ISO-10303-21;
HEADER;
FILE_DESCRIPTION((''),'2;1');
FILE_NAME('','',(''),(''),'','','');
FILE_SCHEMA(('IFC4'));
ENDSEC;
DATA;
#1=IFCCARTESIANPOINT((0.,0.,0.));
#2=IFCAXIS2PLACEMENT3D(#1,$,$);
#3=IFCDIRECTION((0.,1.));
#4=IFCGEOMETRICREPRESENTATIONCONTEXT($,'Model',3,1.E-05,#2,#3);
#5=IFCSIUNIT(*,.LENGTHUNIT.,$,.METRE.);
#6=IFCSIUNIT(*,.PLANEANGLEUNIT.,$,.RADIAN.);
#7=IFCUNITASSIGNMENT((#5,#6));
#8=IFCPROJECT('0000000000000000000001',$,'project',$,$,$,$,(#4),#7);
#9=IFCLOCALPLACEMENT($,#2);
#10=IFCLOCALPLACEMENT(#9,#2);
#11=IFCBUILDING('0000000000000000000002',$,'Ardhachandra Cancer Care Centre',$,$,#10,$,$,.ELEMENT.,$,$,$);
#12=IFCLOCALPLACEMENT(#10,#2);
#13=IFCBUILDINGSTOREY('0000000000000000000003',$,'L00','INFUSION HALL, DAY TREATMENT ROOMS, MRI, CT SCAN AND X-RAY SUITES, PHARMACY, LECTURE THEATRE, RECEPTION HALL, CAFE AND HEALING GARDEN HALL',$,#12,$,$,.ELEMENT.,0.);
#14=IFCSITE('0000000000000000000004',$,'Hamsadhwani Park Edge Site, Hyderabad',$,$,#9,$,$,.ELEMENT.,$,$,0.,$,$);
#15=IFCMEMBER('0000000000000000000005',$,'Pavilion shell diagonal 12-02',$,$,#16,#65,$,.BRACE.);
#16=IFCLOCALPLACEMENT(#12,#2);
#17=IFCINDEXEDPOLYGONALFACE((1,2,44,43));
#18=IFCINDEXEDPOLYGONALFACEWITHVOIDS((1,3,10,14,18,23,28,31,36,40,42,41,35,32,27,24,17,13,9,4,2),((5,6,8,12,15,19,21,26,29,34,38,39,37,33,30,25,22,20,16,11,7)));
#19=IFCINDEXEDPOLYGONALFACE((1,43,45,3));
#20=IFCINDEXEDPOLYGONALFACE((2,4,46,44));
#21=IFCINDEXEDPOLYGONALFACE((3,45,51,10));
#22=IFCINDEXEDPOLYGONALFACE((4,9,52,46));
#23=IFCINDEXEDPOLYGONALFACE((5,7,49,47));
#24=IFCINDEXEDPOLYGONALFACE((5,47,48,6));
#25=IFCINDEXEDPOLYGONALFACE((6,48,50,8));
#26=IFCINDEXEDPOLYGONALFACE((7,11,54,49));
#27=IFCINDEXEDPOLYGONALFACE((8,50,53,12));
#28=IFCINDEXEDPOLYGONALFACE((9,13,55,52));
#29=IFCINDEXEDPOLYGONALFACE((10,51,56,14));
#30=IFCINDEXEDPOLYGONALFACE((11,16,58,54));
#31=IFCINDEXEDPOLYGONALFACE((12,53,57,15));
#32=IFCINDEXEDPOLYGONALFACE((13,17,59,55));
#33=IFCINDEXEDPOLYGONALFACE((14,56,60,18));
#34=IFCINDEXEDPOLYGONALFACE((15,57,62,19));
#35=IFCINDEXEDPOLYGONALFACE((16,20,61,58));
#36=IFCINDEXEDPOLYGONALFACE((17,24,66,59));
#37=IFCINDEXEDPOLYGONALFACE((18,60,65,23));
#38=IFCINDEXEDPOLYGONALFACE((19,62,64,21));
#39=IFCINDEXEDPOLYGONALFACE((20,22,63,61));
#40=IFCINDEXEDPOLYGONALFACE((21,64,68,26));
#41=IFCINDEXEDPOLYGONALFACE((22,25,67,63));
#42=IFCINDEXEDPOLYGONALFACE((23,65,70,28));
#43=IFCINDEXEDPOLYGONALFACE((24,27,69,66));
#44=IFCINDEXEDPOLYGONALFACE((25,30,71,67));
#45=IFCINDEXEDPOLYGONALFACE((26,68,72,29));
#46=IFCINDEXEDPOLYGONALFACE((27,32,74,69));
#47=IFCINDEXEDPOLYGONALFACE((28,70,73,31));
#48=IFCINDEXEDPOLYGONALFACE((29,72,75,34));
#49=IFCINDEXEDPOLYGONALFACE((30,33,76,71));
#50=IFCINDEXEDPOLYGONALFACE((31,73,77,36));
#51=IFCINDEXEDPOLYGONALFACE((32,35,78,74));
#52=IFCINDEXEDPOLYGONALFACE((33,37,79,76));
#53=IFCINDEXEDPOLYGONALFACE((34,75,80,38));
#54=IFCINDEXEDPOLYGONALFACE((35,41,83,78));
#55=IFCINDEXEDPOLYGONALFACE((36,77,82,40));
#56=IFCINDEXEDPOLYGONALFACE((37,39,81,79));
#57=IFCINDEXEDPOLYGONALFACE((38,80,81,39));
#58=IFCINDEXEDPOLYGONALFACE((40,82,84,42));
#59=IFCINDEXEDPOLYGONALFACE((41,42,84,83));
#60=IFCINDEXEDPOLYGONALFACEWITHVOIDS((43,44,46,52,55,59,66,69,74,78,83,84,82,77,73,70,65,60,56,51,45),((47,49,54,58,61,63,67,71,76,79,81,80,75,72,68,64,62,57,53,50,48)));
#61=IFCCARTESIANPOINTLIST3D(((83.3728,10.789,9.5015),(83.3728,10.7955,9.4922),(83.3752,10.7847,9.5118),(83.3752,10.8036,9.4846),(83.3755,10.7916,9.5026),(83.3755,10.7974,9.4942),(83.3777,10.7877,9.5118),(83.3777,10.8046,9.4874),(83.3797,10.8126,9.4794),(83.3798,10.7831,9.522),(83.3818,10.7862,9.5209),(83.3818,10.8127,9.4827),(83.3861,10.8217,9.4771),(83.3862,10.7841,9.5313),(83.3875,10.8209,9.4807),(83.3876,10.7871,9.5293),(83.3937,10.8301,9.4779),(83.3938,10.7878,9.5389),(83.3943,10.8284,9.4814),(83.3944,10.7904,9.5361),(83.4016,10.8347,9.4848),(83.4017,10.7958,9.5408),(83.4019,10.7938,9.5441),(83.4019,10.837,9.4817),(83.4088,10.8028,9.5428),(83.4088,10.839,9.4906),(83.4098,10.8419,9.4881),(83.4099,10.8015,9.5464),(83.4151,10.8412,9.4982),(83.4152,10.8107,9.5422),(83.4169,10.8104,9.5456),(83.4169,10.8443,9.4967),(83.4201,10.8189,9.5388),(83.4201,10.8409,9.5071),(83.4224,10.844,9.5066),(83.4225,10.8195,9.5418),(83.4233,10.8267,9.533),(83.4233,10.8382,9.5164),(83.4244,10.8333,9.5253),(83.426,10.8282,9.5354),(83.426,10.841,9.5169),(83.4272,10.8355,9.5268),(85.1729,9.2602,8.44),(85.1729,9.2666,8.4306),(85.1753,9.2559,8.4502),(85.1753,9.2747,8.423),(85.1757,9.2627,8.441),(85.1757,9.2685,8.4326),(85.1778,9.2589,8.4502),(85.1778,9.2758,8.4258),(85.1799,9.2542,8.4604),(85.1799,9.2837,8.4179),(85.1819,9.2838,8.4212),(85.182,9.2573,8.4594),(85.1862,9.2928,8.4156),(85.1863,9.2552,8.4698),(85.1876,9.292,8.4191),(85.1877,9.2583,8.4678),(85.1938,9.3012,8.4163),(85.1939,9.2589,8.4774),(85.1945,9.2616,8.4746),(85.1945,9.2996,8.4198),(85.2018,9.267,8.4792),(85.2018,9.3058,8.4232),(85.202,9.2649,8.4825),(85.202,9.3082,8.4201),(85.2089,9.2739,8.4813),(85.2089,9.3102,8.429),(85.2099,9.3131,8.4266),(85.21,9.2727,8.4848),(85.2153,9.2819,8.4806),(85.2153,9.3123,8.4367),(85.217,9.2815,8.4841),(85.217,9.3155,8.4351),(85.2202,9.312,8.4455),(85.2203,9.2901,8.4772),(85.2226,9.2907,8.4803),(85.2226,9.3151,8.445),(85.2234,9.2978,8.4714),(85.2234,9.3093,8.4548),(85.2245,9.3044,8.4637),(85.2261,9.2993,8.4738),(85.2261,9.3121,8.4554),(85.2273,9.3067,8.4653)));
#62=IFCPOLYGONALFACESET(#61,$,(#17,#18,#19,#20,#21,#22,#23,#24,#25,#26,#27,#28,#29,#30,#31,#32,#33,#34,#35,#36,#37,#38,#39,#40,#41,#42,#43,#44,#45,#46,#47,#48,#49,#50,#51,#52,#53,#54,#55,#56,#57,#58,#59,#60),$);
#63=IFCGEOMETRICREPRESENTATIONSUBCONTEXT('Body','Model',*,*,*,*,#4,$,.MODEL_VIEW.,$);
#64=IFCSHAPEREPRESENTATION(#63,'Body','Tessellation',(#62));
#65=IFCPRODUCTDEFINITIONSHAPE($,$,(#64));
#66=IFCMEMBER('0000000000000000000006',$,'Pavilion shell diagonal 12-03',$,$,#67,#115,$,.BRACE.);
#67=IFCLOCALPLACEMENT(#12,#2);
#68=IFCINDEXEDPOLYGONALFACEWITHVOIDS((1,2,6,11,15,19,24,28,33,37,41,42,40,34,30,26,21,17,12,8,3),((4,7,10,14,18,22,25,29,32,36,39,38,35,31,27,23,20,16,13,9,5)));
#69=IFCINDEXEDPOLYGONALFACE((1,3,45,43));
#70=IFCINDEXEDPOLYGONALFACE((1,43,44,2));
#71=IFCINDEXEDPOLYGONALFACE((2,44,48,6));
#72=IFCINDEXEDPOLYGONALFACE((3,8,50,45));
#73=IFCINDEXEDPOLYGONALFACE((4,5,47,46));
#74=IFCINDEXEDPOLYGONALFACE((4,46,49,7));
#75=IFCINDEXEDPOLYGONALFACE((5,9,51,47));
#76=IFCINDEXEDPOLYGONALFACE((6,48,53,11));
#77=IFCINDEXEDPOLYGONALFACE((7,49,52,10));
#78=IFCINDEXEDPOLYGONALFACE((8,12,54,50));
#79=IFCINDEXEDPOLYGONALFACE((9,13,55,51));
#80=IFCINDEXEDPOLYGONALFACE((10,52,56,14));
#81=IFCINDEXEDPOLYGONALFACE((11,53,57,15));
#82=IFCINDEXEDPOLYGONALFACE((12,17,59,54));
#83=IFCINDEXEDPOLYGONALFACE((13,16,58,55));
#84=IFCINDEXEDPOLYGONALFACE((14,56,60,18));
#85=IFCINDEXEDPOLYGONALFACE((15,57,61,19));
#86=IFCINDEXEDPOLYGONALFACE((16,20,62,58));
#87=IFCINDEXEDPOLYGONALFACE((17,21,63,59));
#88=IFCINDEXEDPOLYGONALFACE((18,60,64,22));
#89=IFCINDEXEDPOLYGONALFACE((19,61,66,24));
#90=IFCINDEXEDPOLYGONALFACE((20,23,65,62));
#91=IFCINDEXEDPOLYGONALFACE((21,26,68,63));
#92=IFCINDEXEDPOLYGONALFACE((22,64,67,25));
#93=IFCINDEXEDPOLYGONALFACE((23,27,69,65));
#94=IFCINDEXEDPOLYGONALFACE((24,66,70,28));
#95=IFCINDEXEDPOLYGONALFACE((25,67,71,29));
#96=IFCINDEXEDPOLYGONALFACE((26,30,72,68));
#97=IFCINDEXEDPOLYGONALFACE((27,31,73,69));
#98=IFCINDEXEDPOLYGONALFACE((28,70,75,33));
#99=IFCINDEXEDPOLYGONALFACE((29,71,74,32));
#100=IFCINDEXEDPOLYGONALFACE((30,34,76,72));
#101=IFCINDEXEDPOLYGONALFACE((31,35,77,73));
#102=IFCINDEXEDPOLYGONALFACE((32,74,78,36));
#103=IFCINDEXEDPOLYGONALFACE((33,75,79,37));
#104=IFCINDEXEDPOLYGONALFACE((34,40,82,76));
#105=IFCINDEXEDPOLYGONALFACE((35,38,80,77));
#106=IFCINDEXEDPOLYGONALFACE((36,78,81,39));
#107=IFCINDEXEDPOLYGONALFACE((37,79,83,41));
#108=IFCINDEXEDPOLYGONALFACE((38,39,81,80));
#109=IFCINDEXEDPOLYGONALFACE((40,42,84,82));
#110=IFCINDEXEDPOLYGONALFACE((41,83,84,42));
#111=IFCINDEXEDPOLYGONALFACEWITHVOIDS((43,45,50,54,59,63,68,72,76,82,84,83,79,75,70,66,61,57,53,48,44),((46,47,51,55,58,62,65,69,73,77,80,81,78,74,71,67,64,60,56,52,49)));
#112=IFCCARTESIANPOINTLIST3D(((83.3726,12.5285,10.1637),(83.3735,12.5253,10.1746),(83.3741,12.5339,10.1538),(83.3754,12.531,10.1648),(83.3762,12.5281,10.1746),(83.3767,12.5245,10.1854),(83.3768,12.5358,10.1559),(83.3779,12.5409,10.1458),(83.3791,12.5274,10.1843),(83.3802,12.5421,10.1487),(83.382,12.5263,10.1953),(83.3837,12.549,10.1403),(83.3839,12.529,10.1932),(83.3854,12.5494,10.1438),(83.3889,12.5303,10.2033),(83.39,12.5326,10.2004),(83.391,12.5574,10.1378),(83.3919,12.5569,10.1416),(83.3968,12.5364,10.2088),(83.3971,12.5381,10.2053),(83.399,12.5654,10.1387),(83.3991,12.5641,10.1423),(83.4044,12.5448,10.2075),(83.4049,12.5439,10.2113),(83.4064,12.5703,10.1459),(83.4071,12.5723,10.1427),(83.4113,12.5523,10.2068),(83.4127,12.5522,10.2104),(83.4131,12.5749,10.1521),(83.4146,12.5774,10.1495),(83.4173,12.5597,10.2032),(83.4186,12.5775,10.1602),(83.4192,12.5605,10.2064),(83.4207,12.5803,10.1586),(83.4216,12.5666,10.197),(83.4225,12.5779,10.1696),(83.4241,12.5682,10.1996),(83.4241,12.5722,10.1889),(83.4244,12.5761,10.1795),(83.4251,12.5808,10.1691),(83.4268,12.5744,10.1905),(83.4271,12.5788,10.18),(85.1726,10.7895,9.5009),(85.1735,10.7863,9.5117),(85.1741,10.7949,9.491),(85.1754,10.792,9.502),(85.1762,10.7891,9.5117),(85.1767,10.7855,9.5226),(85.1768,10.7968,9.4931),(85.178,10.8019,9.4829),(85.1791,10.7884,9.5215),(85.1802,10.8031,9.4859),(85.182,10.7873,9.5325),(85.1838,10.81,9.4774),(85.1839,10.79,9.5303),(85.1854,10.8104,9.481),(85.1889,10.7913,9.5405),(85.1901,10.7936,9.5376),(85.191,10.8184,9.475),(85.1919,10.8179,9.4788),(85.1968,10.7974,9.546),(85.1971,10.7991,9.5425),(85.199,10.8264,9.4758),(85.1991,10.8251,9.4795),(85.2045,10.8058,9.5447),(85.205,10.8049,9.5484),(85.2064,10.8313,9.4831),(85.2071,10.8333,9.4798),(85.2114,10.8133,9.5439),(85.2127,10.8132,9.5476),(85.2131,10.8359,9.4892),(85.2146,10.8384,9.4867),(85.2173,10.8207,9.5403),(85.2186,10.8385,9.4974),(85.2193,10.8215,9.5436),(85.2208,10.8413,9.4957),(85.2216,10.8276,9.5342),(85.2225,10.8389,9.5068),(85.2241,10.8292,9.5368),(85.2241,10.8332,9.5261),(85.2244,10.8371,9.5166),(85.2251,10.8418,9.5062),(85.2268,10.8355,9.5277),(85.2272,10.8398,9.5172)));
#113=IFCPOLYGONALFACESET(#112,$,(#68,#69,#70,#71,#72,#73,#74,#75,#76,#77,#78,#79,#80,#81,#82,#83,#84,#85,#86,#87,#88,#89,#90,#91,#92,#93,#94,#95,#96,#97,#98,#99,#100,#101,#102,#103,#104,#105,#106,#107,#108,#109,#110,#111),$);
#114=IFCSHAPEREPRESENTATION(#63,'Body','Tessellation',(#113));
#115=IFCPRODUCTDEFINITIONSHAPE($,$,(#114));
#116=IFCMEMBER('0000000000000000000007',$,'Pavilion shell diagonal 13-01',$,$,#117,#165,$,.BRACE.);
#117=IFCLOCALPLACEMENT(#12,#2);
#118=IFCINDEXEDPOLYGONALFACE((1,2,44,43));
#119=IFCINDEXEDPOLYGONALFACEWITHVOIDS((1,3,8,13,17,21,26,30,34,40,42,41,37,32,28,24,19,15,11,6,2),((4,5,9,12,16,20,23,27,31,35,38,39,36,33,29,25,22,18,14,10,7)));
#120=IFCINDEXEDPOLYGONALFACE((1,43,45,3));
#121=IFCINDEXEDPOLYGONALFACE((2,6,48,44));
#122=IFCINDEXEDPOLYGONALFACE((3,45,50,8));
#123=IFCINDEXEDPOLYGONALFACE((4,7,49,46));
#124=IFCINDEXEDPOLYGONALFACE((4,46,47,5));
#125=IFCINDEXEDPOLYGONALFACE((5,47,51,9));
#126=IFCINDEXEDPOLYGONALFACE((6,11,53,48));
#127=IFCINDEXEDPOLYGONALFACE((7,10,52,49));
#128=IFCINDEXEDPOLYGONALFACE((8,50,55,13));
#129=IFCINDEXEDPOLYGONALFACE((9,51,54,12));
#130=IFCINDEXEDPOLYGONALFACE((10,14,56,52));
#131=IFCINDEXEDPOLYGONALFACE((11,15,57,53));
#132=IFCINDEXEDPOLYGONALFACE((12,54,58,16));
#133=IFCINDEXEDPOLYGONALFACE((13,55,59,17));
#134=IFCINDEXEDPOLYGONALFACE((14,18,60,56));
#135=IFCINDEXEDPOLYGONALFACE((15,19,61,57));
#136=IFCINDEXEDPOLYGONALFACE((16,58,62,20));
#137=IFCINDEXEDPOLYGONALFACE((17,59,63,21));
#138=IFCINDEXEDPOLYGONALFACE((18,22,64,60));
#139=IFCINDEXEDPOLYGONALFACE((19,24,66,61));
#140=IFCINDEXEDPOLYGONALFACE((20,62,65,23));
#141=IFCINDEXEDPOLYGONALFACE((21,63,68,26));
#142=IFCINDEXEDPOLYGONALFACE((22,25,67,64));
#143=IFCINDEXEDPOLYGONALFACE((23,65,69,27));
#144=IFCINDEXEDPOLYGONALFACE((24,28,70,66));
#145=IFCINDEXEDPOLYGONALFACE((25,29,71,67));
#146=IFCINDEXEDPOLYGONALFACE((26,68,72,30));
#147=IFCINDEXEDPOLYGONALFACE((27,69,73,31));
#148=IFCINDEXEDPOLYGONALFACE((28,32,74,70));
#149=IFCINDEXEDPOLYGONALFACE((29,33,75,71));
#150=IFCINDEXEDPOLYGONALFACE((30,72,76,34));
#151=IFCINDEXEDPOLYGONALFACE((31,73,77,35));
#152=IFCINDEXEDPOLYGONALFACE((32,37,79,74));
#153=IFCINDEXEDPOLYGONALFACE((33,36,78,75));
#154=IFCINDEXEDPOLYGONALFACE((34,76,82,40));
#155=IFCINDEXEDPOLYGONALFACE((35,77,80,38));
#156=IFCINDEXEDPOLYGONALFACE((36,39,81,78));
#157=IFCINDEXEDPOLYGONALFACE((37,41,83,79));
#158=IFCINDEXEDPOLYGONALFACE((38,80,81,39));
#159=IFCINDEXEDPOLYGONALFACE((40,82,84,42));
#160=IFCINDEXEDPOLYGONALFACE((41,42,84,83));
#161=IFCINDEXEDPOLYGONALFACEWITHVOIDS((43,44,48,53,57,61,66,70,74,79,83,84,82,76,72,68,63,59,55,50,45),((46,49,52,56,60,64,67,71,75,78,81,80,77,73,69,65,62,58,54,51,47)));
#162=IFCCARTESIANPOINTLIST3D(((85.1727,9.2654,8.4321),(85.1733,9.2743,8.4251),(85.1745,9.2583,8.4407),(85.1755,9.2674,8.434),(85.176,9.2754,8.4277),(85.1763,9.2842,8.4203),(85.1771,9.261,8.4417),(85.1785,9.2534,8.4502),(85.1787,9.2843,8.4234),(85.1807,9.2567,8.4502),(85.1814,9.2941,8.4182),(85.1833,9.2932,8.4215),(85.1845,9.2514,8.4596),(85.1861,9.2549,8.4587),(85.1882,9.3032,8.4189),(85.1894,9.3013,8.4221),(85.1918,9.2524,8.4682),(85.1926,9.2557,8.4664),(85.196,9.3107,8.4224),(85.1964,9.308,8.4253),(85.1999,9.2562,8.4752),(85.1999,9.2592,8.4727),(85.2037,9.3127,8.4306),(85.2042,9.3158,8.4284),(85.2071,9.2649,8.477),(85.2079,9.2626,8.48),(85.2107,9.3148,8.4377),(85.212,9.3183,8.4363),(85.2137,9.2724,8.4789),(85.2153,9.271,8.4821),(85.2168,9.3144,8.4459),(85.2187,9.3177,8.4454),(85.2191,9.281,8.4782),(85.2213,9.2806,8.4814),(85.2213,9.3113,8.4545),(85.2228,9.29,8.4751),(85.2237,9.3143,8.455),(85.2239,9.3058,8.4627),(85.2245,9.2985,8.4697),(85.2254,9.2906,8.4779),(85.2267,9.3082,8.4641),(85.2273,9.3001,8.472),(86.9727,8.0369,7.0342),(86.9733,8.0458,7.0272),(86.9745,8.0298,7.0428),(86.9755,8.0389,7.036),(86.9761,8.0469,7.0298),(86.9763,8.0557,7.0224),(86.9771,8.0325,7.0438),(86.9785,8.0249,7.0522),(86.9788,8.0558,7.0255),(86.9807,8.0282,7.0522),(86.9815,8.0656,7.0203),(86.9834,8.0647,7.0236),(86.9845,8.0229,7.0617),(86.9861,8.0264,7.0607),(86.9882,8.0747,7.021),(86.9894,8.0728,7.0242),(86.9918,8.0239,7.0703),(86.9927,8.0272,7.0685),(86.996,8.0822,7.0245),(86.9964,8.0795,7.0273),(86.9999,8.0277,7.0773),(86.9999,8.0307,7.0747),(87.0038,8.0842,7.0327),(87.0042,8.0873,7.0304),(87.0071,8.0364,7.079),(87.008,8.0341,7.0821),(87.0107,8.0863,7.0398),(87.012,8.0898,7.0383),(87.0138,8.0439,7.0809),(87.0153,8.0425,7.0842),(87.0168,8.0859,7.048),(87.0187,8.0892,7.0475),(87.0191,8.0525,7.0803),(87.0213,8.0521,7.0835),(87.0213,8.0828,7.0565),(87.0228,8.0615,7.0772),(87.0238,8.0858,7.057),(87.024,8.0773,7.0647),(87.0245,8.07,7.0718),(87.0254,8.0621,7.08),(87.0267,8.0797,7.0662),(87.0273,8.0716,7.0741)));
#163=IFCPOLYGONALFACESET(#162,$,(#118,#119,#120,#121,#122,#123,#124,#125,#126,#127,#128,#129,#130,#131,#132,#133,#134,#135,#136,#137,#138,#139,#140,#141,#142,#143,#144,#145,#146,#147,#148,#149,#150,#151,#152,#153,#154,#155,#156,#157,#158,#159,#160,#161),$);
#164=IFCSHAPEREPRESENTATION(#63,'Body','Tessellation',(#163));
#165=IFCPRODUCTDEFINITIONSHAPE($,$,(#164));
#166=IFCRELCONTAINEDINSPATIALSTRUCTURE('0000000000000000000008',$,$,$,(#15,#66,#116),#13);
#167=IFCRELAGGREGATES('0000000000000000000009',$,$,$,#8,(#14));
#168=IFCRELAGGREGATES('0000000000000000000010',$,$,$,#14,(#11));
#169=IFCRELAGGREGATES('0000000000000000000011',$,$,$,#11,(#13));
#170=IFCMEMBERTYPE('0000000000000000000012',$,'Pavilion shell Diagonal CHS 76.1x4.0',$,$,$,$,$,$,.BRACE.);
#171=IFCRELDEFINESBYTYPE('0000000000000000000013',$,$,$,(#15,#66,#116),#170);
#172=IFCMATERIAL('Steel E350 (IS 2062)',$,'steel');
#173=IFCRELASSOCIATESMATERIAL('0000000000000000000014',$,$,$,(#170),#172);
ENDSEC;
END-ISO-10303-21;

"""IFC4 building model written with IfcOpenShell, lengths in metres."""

from ifc_helpers import new_model, si_unit, direction, frame, origin, origin_2d, place, context, subcontext, project, spatial, hollow_circle, extrude, material, material_profile, profile_set, type_object, element, save


model = new_model("IFC4")

# Units and contexts
model_context = context("Model", 3, precision=1e-05, world=origin(), true_north=direction((0.0, 1.0)))
body_context = subcontext(model_context, "Body", "Model", "MODEL_VIEW")
ifc_project = project(units=[si_unit("LENGTHUNIT", "METRE"), si_unit("PLANEANGLEUNIT", "RADIAN")], contexts=[model_context])

# Site, building, storey
site_placement = place(None, origin())
site = spatial("IfcSite", under=ifc_project, at=site_placement, Name="Hamsadhwani Park Edge Site, Hyderabad", CompositionType="ELEMENT", RefElevation=0.0)
building_placement = place(site_placement, origin())
building = spatial("IfcBuilding", under=site, at=building_placement, Name="Ardhachandra Cancer Care Centre", CompositionType="ELEMENT")
storey_placement = place(building_placement, origin())
storey = spatial("IfcBuildingStorey", under=building, at=storey_placement, Name="L00", Description="INFUSION HALL, DAY TREATMENT ROOMS, MRI, CT SCAN AND X-RAY SUITES, PHARMACY, LECTURE THEATRE, RECEPTION HALL, CAFE AND HEALING GARDEN HALL", CompositionType="ELEMENT", Elevation=0.0)

# Members
ifc_material_1 = material(Name="Steel E350 (IS 2062)", Category="steel")
ifc_material_profile_1 = material_profile(ifc_material_1, hollow_circle(Radius=0.0381, WallThickness=0.0039, at=origin_2d()), Name="CHS 76.1x4.0")
ifc_profile_set_1 = profile_set([ifc_material_profile_1], Name="Steel E350 (IS 2062)")
member_type_1 = type_object("IfcMemberType", Name="Pavilion shell Diagonal CHS 76.1x4.0", PredefinedType="BRACE", material=ifc_profile_set_1)
member_1_placement = place(storey_placement, frame((85.2, 9.2849, 8.4502), z_axis=(-0.695198, 0.590442, 0.409972), x_axis=(-0.647345, -0.762197, 0.0)))
element("IfcMember", 1, at=member_1_placement, inside=storey, type_object=member_type_1, Name="Pavilion shell diagonal 12-02", PredefinedType="BRACE", context=body_context, shape_type="SweptSolid", body=[
    extrude(hollow_circle(Radius=0.0381, WallThickness=0.0039, at=origin_2d()), origin(), (0.0, 0.0, 1.0), 2.5894),
])
for number, where, z_axis, x_axis, name in (
    (2, (85.2, 10.8137, 9.5117), (-0.695227, 0.671654, 0.256007), (-0.694809, -0.719195, 0.0), "Pavilion shell diagonal 12-03"),
    (3, (87.0, 8.0564, 7.0522), (-0.695228, 0.474486, 0.539926), (-0.563716, -0.825969, 0.0), "Pavilion shell diagonal 13-01"),
):
    element("IfcMember", number, at=place(storey_placement, frame(where, z_axis=z_axis, x_axis=x_axis)), inside=storey, type_object=member_type_1, Name=name, PredefinedType="BRACE", context=body_context, shape_type="SweptSolid", body=[
        extrude(hollow_circle(Radius=0.0381, WallThickness=0.0039, at=origin_2d()), origin(), (0.0, 0.0, 1.0), 2.5891),
    ])

save(model, "model.ifc")
